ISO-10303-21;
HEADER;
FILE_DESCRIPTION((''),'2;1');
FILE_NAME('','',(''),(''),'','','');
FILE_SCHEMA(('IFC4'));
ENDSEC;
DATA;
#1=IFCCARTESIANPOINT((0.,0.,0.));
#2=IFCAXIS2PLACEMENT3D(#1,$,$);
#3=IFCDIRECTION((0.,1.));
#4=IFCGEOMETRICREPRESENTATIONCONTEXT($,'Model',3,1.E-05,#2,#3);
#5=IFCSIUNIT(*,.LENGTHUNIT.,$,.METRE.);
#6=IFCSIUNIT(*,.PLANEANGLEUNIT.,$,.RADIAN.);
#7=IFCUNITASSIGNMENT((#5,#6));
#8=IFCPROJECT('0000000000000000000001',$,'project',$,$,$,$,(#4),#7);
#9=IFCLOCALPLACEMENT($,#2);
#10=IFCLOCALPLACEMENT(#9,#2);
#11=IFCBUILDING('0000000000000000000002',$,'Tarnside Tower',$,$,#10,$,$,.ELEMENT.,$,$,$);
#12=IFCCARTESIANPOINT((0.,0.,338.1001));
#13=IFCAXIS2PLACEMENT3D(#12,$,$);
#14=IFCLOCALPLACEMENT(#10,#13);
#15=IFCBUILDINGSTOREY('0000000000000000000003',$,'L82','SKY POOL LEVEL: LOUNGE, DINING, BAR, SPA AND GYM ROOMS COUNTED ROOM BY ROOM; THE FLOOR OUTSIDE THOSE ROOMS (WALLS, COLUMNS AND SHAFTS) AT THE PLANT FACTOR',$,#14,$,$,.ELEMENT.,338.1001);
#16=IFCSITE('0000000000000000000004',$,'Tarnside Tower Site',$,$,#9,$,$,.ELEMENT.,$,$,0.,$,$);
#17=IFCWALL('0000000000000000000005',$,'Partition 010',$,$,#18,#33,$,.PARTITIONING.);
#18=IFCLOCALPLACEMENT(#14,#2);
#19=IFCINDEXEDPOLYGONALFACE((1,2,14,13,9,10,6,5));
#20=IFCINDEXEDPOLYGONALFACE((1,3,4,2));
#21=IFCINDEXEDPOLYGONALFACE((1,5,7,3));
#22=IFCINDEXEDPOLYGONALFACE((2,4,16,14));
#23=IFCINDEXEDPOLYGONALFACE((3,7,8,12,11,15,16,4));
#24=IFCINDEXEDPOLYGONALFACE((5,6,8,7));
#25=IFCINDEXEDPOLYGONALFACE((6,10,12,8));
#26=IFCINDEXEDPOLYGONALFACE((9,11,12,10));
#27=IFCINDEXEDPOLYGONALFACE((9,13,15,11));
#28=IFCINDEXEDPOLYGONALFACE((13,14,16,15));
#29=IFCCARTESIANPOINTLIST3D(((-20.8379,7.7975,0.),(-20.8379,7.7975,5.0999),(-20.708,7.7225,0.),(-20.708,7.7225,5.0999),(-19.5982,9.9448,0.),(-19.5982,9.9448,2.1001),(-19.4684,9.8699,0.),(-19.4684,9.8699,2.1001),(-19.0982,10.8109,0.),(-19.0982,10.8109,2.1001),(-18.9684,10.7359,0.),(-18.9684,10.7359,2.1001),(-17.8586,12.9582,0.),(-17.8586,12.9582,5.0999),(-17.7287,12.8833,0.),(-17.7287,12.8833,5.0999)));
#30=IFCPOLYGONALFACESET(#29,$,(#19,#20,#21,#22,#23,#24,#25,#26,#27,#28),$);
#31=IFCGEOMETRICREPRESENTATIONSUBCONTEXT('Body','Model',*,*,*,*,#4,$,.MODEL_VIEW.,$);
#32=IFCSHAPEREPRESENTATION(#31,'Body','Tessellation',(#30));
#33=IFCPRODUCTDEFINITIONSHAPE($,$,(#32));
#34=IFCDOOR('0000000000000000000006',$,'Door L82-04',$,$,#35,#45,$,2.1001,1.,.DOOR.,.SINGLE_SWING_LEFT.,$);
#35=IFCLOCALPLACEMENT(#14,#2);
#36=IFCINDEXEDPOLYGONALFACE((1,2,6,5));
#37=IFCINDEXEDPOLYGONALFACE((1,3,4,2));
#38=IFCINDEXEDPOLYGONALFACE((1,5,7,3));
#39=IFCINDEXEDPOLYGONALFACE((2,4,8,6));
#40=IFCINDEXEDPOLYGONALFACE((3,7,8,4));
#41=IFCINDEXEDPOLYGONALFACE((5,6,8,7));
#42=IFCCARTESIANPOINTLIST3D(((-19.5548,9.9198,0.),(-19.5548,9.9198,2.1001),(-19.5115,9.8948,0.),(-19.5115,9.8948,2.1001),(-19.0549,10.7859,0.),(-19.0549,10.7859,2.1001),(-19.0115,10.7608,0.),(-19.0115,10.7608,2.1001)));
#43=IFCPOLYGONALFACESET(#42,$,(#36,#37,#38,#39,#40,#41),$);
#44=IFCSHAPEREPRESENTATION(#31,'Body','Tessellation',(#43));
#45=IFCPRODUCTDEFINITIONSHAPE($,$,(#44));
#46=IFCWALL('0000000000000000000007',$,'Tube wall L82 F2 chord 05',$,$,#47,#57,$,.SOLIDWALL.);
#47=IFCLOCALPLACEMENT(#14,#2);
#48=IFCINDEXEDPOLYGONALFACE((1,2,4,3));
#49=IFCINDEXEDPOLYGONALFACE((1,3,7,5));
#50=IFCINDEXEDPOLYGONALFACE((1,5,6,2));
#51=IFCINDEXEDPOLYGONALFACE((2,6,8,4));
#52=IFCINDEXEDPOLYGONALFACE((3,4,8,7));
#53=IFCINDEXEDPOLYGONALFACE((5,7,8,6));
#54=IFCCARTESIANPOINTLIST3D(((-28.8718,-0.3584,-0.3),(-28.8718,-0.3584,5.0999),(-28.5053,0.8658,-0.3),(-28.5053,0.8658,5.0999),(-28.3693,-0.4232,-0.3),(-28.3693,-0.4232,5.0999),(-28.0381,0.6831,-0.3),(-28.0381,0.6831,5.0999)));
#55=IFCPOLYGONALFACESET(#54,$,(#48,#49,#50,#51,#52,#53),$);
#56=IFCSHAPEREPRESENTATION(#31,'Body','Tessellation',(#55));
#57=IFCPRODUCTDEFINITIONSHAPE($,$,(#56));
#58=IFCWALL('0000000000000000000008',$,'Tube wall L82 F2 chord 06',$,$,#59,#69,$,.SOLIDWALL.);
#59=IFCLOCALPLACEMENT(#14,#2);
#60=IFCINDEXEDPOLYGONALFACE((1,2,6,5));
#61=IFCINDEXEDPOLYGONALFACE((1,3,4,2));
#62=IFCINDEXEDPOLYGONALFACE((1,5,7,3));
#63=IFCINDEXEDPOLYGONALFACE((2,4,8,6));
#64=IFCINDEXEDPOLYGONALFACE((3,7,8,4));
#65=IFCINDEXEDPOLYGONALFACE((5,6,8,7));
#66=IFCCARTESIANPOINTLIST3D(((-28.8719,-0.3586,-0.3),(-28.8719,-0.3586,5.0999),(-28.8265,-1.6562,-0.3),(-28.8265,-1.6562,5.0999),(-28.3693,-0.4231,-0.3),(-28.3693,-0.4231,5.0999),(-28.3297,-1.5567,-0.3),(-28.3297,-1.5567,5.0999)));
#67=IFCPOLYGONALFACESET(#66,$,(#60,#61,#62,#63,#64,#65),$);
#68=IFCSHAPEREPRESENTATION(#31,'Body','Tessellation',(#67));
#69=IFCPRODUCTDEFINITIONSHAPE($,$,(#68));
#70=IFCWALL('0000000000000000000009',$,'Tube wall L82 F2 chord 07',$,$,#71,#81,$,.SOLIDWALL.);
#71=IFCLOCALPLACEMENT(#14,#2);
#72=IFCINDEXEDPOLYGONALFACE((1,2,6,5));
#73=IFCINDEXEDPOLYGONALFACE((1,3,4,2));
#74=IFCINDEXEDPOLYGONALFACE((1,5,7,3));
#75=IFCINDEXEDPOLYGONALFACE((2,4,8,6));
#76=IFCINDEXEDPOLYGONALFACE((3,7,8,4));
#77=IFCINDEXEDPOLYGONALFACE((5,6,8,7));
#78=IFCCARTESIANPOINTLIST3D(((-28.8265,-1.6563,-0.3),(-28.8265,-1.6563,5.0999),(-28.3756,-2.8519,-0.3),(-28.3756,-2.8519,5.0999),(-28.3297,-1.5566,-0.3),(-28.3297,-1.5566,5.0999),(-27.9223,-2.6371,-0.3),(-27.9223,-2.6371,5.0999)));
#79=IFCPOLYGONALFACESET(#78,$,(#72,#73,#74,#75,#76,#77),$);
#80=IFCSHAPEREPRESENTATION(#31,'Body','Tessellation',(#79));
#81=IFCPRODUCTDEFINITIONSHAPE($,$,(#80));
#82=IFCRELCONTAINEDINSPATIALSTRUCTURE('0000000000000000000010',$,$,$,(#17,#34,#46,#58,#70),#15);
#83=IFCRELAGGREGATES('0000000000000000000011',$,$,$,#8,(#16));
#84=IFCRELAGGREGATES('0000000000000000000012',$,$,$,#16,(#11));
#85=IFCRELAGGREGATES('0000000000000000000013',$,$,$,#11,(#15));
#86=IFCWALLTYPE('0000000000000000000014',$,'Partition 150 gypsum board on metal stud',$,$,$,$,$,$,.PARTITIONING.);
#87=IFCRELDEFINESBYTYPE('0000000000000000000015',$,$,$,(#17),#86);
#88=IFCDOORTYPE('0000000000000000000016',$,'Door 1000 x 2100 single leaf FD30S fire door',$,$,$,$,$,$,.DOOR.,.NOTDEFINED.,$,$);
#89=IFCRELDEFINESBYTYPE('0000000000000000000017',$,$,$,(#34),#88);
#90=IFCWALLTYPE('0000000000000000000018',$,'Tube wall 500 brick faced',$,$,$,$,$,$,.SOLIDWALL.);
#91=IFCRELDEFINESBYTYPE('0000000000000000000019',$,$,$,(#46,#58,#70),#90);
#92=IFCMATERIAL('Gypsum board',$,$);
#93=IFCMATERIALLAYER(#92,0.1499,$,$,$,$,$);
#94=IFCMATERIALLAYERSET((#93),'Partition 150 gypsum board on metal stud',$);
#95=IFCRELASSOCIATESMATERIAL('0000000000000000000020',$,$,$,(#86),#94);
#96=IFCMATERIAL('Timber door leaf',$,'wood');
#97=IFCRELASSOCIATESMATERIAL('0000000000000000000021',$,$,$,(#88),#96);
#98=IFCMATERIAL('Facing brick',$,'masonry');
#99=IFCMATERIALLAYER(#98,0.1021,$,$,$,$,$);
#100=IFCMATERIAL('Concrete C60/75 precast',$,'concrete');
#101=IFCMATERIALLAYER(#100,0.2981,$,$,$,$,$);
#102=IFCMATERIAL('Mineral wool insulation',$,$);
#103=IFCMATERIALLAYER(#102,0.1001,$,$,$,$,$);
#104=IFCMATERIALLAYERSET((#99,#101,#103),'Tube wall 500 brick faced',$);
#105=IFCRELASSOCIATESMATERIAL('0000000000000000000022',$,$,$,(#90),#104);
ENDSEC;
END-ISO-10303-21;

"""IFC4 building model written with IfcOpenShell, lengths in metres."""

from ifc_helpers import new_model, si_unit, direction, frame, frame_2d, origin, place, context, subcontext, project, spatial, polyline, rectangle, outline, extrude, material, layer, layer_set, type_object, element, fill, save


model = new_model("IFC4")

# Units and contexts
model_context = context("Model", 3, precision=1e-05, world=origin(), true_north=direction((0.0, 1.0)))
body_context = subcontext(model_context, "Body", "Model", "MODEL_VIEW")
ifc_project = project(units=[si_unit("LENGTHUNIT", "METRE"), si_unit("PLANEANGLEUNIT", "RADIAN")], contexts=[model_context])

# Site, building, storey
site_placement = place(None, origin())
site = spatial("IfcSite", under=ifc_project, at=site_placement, Name="Tarnside Tower Site", CompositionType="ELEMENT", RefElevation=0.0)
building_placement = place(site_placement, origin())
building = spatial("IfcBuilding", under=site, at=building_placement, Name="Tarnside Tower", CompositionType="ELEMENT")
storey_placement = place(building_placement, frame((0.0, 0.0, 338.1001)))
storey = spatial("IfcBuildingStorey", under=building, at=storey_placement, Name="L82", Description="SKY POOL LEVEL: LOUNGE, DINING, BAR, SPA AND GYM ROOMS COUNTED ROOM BY ROOM; THE FLOOR OUTSIDE THOSE ROOMS (WALLS, COLUMNS AND SHAFTS) AT THE PLANT FACTOR", CompositionType="ELEMENT", Elevation=338.1001)

# Wall, opening, door
ifc_material_1 = material(Name="Gypsum board")
ifc_layer_1 = layer(ifc_material_1, 0.1499)
ifc_layer_set_1 = layer_set([ifc_layer_1], Name="Partition 150 gypsum board on metal stud")
wall_type_1 = type_object("IfcWallType", Name="Partition 150 gypsum board on metal stud", PredefinedType="PARTITIONING", material=ifc_layer_set_1)
ifc_material_2 = material(Name="Timber door leaf", Category="wood")
door_type_1 = type_object("IfcDoorType", Name="Door 1000 x 2100 single leaf FD30S fire door", OperationType="NOTDEFINED", PredefinedType="DOOR", material=ifc_material_2)
wall_1_placement = place(storey_placement, frame((-20.7729, 7.76, 0.0), z_axis=(0.0, 0.0, 1.0), x_axis=(0.499968, 0.866044, 0.0)))
wall_1 = element("IfcWall", 1, at=wall_1_placement, inside=storey, type_object=wall_type_1, Name="Partition 010", PredefinedType="PARTITIONING", context=body_context, shape_type="SweptSolid", body=[
    extrude(rectangle(XDim=5.959, YDim=0.1499, at=frame_2d((2.9795, 0.0))), origin(), (0.0, 0.0, 1.0), 5.0999),
])
opening_1_placement = place(wall_1_placement, frame((2.4795, 0.0, 0.0)))
opening_1 = element("IfcOpeningElement", 2, at=opening_1_placement, cuts=wall_1, PredefinedType="OPENING", context=body_context, shape_type="SweptSolid", body=[
    extrude(rectangle(XDim=1.0, YDim=2.1001, at=frame_2d((0.5, 1.05))), frame((0.0, 0.085, 0.0), z_axis=(0.0, -1.0, 0.0), x_axis=(1.0, 0.0, 0.0)), (0.0, 0.0, 1.0), 0.1699),
])
door_1_placement = place(opening_1_placement, origin())
door_1 = element("IfcDoor", 3, at=door_1_placement, inside=storey, type_object=door_type_1, Name="Door L82-04", OperationType="SINGLE_SWING_LEFT", OverallHeight=2.1001, OverallWidth=1.0, PredefinedType="DOOR", context=body_context, shape_type="SweptSolid", body=[
    extrude(rectangle(XDim=1.0, YDim=2.1001, at=frame_2d((0.5, 1.05))), frame((0.0, 0.0249, 0.0), z_axis=(0.0, -1.0, 0.0), x_axis=(1.0, 0.0, 0.0)), (0.0, 0.0, 1.0), 0.05),
])
fill(opening_1, door_1)

# Walls
ifc_material_3 = material(Name="Facing brick", Category="masonry")
ifc_layer_2 = layer(ifc_material_3, 0.1021)
ifc_material_4 = material(Name="Concrete C60/75 precast", Category="concrete")
ifc_layer_3 = layer(ifc_material_4, 0.2981)
ifc_material_5 = material(Name="Mineral wool insulation")
ifc_layer_4 = layer(ifc_material_5, 0.1001)
ifc_layer_set_2 = layer_set([ifc_layer_2, ifc_layer_3, ifc_layer_4], Name="Tube wall 500 brick faced")
wall_type_2 = type_object("IfcWallType", Name="Tube wall 500 brick faced", PredefinedType="SOLIDWALL", material=ifc_layer_set_2)
wall_2_placement = place(storey_placement, frame((-28.2717, 0.7744, -0.3), z_axis=(0.0, 0.0, 1.0), x_axis=(-0.286814, -0.957986, 0.0)))
element("IfcWall", 4, at=wall_2_placement, inside=storey, type_object=wall_type_2, Name="Tube wall L82 F2 chord 05", PredefinedType="SOLIDWALL", context=body_context, shape_type="SweptSolid", body=[
    extrude(outline(polyline([(-0.0205, -0.25), (1.2573, -0.25), (1.1753, 0.25), (0.0205, 0.25), (-0.0205, -0.25)])), origin(), (0.0, 0.0, 1.0), 5.3999),
])
wall_3_placement = place(storey_placement, frame((-28.6206, -0.3909, -0.3), z_axis=(0.0, 0.0, 1.0), x_axis=(0.034925, -0.99939, 0.0)))
element("IfcWall", 5, at=wall_3_placement, inside=storey, type_object=wall_type_2, Name="Tube wall L82 F2 chord 06", PredefinedType="SOLIDWALL", context=body_context, shape_type="SweptSolid", body=[
    extrude(outline(polyline([(-0.041, -0.25), (1.2573, -0.25), (1.1753, 0.25), (0.041, 0.25), (-0.041, -0.25)])), origin(), (0.0, 0.0, 1.0), 5.3999),
])
wall_4_placement = place(storey_placement, frame((-28.5781, -1.6064, -0.3), z_axis=(0.0, 0.0, 1.0), x_axis=(0.352838, -0.935684, 0.0)))
element("IfcWall", 6, at=wall_4_placement, inside=storey, type_object=wall_type_2, Name="Tube wall L82 F2 chord 07", PredefinedType="SOLIDWALL", context=body_context, shape_type="SweptSolid", body=[
    extrude(outline(polyline([(-0.041, -0.25), (1.2368, -0.25), (1.1958, 0.25), (0.041, 0.25), (-0.041, -0.25)])), origin(), (0.0, 0.0, 1.0), 5.3999),
])

save(model, "model.ifc")
